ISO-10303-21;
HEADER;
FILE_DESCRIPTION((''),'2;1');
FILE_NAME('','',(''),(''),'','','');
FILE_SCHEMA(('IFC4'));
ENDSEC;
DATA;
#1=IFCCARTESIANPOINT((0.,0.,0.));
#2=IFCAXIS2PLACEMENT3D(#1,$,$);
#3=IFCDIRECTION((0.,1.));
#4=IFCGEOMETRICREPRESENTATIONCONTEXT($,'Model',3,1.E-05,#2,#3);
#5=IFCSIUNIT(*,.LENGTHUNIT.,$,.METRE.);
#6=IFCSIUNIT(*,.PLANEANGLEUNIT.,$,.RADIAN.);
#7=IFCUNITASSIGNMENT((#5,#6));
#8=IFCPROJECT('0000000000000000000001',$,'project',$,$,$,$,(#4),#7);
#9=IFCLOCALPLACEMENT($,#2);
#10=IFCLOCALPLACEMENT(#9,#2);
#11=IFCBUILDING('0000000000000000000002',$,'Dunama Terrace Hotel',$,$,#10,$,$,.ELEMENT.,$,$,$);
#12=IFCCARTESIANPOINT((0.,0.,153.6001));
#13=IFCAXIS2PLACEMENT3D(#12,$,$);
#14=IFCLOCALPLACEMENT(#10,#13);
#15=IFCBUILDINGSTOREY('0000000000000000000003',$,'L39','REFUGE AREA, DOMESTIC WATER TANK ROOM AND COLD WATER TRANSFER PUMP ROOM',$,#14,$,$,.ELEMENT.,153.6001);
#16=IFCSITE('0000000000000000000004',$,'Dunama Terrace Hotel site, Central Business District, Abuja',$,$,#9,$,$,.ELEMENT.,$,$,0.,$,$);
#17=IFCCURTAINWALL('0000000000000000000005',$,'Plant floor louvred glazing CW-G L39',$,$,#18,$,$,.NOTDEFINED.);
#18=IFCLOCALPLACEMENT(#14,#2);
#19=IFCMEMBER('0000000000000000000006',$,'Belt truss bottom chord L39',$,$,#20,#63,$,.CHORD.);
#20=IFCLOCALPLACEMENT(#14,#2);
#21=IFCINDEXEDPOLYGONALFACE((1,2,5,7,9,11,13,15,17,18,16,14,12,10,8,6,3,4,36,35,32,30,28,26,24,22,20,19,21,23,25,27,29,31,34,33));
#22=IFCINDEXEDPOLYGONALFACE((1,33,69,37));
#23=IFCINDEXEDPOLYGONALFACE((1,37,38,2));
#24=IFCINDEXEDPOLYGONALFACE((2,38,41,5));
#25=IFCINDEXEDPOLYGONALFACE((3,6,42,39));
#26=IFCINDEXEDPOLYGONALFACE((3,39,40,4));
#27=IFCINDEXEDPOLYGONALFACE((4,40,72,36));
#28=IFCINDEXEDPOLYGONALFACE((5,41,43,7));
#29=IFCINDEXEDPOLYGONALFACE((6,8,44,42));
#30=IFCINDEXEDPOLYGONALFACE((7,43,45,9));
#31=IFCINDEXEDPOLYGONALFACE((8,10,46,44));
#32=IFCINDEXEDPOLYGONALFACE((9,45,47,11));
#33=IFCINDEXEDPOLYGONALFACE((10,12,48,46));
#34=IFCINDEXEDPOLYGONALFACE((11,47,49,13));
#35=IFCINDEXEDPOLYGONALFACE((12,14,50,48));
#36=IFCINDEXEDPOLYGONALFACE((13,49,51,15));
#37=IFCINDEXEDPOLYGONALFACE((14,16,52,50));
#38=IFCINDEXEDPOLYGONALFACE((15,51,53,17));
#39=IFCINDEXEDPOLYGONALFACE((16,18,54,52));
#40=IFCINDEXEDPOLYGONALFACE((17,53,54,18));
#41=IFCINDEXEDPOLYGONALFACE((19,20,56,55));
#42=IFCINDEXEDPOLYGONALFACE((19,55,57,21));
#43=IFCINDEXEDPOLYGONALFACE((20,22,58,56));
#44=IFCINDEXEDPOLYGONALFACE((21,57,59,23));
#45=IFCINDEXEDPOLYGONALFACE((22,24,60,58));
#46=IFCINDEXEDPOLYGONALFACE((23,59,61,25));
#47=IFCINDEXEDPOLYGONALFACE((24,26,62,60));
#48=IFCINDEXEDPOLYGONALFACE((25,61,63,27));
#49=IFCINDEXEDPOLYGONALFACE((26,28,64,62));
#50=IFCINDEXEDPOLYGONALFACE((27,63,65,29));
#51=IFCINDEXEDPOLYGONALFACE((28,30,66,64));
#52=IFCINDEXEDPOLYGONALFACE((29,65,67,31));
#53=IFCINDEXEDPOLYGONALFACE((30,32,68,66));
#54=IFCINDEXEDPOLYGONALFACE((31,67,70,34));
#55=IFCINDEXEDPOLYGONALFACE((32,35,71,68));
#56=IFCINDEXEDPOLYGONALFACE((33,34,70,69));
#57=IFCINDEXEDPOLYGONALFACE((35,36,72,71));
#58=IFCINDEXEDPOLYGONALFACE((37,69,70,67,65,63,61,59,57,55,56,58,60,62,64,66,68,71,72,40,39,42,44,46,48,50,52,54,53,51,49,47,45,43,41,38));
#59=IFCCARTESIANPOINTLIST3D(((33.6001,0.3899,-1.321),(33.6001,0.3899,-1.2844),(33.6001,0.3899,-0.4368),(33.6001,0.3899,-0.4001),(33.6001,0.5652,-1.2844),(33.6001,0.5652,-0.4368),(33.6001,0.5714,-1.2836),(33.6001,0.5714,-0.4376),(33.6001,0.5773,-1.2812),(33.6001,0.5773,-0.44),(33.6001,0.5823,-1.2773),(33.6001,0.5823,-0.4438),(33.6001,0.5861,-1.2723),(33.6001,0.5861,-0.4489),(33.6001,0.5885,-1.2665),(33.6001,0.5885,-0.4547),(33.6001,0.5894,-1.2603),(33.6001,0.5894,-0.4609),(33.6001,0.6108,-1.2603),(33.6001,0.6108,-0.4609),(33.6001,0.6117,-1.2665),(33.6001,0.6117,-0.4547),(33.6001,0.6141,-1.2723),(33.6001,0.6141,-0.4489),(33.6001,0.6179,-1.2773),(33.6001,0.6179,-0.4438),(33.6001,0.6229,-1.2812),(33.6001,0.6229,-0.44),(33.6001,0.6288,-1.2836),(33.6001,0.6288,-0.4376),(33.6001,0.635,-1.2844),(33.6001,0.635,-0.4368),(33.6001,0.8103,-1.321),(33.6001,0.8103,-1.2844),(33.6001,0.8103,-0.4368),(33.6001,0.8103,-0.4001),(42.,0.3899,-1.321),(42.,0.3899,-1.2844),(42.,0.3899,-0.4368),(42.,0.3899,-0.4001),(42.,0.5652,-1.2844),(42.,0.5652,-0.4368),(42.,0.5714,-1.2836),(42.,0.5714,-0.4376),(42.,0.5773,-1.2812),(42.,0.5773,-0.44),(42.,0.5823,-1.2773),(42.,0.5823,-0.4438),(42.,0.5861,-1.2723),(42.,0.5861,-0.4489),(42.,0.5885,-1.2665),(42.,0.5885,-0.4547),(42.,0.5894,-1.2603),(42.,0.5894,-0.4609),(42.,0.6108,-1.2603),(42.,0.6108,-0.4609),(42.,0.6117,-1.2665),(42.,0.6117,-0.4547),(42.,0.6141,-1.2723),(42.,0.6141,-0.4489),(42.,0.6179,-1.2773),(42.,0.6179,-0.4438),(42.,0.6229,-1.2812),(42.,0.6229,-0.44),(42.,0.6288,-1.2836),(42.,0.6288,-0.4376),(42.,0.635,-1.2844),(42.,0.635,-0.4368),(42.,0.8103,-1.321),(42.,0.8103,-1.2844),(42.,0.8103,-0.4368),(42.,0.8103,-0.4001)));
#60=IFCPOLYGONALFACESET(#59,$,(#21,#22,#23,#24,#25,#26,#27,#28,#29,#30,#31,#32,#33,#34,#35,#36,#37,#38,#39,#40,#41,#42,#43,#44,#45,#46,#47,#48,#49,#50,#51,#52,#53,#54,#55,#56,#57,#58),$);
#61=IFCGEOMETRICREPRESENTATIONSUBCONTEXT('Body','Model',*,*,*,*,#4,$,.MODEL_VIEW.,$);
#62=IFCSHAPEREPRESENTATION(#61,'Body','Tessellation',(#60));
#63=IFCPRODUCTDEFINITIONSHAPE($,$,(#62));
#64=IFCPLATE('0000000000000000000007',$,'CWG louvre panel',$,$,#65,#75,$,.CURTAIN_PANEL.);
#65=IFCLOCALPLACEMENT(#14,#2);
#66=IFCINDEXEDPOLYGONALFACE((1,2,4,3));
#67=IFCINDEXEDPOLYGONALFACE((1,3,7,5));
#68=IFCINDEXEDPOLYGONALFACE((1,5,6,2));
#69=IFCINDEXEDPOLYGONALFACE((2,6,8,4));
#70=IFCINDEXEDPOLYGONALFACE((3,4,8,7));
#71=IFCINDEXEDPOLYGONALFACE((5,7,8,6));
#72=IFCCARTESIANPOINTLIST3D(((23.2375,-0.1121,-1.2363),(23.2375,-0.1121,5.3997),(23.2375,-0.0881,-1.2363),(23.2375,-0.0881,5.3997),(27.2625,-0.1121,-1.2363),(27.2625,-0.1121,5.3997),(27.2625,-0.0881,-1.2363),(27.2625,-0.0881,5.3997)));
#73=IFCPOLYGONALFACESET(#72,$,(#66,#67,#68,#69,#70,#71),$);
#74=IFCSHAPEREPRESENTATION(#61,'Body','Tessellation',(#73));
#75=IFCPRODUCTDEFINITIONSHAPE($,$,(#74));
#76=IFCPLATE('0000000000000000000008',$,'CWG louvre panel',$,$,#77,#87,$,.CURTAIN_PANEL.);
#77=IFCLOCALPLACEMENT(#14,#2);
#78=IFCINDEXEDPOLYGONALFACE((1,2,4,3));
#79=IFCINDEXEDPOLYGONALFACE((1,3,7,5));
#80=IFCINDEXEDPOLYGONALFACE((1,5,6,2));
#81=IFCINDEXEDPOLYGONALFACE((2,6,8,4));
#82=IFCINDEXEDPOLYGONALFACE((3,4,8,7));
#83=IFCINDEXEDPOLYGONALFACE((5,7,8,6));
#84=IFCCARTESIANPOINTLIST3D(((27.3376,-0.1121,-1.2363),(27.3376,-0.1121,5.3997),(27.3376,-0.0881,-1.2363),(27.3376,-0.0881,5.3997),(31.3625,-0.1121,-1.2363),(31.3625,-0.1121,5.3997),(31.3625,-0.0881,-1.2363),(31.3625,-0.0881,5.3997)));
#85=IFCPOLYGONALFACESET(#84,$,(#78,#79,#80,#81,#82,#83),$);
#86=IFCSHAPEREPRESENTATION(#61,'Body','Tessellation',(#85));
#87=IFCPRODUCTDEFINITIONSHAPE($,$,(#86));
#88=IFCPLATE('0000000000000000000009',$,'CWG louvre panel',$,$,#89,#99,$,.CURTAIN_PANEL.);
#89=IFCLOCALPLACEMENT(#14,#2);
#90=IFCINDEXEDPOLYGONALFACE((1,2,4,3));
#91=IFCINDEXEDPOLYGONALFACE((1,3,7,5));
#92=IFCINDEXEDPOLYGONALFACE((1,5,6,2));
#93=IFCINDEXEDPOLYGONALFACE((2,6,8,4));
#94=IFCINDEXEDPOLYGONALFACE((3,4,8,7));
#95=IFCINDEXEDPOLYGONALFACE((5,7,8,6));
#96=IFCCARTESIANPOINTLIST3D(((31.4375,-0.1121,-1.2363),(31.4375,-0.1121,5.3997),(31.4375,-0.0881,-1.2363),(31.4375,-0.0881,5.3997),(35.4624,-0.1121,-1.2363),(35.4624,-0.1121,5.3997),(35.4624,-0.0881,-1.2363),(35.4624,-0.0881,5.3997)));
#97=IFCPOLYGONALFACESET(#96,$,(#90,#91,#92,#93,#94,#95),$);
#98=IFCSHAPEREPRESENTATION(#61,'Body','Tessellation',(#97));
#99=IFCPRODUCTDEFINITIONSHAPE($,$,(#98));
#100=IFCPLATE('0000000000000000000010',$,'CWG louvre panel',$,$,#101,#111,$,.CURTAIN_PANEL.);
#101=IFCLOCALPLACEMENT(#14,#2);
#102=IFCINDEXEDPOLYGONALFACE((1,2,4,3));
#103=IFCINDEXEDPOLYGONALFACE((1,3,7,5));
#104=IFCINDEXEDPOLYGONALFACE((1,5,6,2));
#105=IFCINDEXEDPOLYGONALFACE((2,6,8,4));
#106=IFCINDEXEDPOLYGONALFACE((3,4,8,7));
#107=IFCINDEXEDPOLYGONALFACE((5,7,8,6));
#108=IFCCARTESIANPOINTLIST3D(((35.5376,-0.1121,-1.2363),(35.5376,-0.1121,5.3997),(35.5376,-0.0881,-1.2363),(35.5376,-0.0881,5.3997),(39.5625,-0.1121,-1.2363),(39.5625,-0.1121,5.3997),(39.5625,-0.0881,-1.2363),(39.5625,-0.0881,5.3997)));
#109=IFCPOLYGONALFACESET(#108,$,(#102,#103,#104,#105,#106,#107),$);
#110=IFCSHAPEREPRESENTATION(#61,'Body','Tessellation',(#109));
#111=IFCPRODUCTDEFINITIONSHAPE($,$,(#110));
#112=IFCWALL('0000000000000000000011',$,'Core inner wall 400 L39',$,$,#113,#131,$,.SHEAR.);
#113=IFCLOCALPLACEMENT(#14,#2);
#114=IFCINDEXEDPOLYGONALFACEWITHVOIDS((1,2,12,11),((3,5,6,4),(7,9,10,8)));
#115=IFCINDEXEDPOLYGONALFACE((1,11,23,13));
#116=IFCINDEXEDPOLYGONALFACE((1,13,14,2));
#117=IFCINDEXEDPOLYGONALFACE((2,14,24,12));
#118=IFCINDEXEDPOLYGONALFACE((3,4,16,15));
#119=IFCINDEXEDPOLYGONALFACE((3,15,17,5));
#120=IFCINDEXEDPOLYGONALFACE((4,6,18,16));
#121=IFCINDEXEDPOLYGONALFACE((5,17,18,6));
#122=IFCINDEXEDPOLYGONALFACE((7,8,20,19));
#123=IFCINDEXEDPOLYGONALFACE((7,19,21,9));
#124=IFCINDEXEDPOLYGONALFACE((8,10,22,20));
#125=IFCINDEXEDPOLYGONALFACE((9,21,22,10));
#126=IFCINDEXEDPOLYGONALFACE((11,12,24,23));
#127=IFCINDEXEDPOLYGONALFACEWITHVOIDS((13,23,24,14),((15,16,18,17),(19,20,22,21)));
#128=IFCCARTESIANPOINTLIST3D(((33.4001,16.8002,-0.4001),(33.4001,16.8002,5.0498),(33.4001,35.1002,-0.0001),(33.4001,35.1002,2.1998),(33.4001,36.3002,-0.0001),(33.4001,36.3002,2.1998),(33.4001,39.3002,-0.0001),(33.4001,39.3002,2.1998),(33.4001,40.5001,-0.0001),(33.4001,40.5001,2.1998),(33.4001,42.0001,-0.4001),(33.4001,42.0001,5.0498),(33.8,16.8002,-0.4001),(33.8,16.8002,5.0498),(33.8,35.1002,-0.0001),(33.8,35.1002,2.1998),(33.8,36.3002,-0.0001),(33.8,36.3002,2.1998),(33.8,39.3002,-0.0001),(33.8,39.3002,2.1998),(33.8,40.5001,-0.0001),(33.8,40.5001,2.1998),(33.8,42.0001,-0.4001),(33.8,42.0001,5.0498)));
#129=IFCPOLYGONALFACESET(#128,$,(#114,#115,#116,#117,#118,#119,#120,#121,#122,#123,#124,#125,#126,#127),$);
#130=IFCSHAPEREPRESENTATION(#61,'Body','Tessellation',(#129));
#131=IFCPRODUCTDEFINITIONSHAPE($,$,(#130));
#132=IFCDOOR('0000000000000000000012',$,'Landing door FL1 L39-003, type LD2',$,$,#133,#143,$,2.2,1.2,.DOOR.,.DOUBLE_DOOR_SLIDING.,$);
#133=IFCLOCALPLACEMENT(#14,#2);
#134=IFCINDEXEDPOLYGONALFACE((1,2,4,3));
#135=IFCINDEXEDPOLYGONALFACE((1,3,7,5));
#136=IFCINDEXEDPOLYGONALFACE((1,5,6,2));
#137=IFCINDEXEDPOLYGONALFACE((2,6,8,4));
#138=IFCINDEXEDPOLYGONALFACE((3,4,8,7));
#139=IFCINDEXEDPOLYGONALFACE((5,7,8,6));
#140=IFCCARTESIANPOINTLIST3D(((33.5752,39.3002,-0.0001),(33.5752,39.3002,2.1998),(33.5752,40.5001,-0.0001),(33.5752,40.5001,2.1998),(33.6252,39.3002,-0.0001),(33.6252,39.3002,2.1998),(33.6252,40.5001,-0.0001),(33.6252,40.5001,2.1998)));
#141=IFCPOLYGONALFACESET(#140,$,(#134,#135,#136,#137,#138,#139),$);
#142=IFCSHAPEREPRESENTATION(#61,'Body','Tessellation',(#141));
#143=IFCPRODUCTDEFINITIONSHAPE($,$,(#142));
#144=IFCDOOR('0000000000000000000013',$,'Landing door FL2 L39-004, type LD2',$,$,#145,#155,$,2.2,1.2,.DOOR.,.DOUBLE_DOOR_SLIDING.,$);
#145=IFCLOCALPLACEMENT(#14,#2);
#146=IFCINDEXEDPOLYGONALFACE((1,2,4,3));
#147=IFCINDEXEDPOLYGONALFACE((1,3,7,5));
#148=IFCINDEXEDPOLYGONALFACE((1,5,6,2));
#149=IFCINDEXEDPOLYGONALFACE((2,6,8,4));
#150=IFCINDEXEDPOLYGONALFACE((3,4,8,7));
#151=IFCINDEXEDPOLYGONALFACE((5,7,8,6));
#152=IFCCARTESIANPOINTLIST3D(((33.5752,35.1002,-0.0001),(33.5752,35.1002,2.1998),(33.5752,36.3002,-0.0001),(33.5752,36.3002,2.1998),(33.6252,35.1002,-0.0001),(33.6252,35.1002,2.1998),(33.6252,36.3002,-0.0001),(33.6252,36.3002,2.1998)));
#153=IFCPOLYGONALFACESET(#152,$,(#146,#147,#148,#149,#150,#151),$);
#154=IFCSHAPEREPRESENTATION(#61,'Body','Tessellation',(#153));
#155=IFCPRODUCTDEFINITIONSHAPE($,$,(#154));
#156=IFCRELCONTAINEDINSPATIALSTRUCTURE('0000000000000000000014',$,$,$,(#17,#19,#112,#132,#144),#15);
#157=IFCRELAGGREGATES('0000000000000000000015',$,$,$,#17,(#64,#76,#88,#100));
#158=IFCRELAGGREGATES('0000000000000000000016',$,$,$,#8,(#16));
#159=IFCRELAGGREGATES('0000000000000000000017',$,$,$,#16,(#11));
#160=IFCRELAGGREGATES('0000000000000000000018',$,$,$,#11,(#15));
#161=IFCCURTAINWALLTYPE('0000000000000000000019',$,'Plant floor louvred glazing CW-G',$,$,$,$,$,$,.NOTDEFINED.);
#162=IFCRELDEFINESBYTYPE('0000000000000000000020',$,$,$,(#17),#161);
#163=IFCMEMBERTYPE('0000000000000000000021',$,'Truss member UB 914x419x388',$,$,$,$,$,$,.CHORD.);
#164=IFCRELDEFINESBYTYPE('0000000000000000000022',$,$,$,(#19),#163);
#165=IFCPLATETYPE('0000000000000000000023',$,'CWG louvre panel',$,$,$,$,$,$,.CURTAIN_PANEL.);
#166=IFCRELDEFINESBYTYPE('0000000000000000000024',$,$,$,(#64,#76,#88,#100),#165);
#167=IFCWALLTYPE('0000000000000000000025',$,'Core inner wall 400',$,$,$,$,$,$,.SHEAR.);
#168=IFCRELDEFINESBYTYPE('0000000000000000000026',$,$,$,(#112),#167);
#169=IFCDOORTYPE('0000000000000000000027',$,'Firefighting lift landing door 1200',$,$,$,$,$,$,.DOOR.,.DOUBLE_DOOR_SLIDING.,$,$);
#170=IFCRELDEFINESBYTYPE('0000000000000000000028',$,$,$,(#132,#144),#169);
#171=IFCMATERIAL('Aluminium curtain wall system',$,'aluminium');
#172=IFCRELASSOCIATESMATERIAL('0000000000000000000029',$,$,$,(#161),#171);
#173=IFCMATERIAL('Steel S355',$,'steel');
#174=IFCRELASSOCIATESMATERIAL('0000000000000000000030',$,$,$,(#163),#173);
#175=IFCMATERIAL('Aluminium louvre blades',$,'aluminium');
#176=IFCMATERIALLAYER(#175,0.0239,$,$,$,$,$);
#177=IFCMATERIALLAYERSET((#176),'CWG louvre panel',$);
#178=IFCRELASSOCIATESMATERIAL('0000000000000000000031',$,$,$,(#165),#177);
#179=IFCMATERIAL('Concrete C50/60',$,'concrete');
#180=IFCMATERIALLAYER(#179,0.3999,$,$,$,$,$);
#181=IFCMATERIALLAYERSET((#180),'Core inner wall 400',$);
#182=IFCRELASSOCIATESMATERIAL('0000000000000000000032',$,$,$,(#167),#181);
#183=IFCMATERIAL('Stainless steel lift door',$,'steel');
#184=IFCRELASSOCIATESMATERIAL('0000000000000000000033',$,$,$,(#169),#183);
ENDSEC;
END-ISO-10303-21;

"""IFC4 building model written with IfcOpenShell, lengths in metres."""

from ifc_helpers import new_model, si_unit, direction, frame, frame_2d, origin, origin_2d, place, context, subcontext, project, spatial, rectangle, i_section, extrude, material, layer, layer_set, material_profile, profile_set, type_object, element, fill, aggregate, save


model = new_model("IFC4")

# Units and contexts
model_context = context("Model", 3, precision=1e-05, world=origin(), true_north=direction((0.0, 1.0)))
body_context = subcontext(model_context, "Body", "Model", "MODEL_VIEW")
ifc_project = project(units=[si_unit("LENGTHUNIT", "METRE"), si_unit("PLANEANGLEUNIT", "RADIAN")], contexts=[model_context])

# Site, building, storey
site_placement = place(None, origin())
site = spatial("IfcSite", under=ifc_project, at=site_placement, Name="Dunama Terrace Hotel site, Central Business District, Abuja", CompositionType="ELEMENT", RefElevation=0.0)
building_placement = place(site_placement, origin())
building = spatial("IfcBuilding", under=site, at=building_placement, Name="Dunama Terrace Hotel", CompositionType="ELEMENT")
storey_placement = place(building_placement, frame((0.0, 0.0, 153.6001)))
storey = spatial("IfcBuildingStorey", under=building, at=storey_placement, Name="L39", Description="REFUGE AREA, DOMESTIC WATER TANK ROOM AND COLD WATER TRANSFER PUMP ROOM", CompositionType="ELEMENT", Elevation=153.6001)

# Curtain wall
ifc_material_1 = material(Name="Aluminium curtain wall system", Category="aluminium")
curtain_wall_type = type_object("IfcCurtainWallType", Name="Plant floor louvred glazing CW-G", PredefinedType="NOTDEFINED", material=ifc_material_1)
curtain_wall_placement = place(storey_placement, origin())
curtain_wall = element("IfcCurtainWall", 1, at=curtain_wall_placement, inside=storey, type_object=curtain_wall_type, Name="Plant floor louvred glazing CW-G L39", PredefinedType="NOTDEFINED")

# Member
ifc_material_2 = material(Name="Steel S355", Category="steel")
ifc_material_profile_1 = material_profile(ifc_material_2, i_section(OverallWidth=0.4204, OverallDepth=0.9209, WebThickness=0.0215, FlangeThickness=0.0366, FilletRadius=0.0242, at=origin_2d()), Name="UB 914x419x388")
ifc_profile_set_1 = profile_set([ifc_material_profile_1], Name="Steel S355")
member_type_1 = type_object("IfcMemberType", Name="Truss member UB 914x419x388", PredefinedType="CHORD", material=ifc_profile_set_1)
for number, where, z_axis, x_axis, name in (
    (2, (33.6001, 0.6001, -0.8606), (1.0, 0.0, 0.0), (0.0, 1.0, 0.0), "Belt truss bottom chord L39"),
):
    element("IfcMember", number, at=place(storey_placement, frame(where, z_axis=z_axis, x_axis=x_axis)), inside=storey, type_object=member_type_1, Name=name, PredefinedType="CHORD", context=body_context, shape_type="SweptSolid", body=[
        extrude(i_section(OverallWidth=0.4204, OverallDepth=0.9209, WebThickness=0.0215, FlangeThickness=0.0366, FilletRadius=0.0242, at=origin_2d()), origin(), (0.0, 0.0, 1.0), 8.3999),
    ])

# Plates
ifc_material_3 = material(Name="Aluminium louvre blades", Category="aluminium")
ifc_layer_1 = layer(ifc_material_3, 0.0239)
ifc_layer_set_1 = layer_set([ifc_layer_1], Name="CWG louvre panel")
plate_type = type_object("IfcPlateType", Name="CWG louvre panel", PredefinedType="CURTAIN_PANEL", material=ifc_layer_set_1)
plate_1_placement = place(storey_placement, frame((25.25, -0.1001, -1.2363), z_axis=(0.0, 0.0, 1.0), x_axis=(1.0, 0.0, 0.0)))
plate_1 = element("IfcPlate", 3, at=plate_1_placement, type_object=plate_type, Name="CWG louvre panel", PredefinedType="CURTAIN_PANEL", context=body_context, shape_type="SweptSolid", body=[
    extrude(rectangle(XDim=4.0249, YDim=0.0239, at=origin_2d()), origin(), (0.0, 0.0, 1.0), 6.636),
])
plate_2_placement = place(storey_placement, frame((29.3501, -0.1001, -1.2363), z_axis=(0.0, 0.0, 1.0), x_axis=(1.0, 0.0, 0.0)))
plate_2 = element("IfcPlate", 4, at=plate_2_placement, type_object=plate_type, Name="CWG louvre panel", PredefinedType="CURTAIN_PANEL", context=body_context, shape_type="SweptSolid", body=[
    extrude(rectangle(XDim=4.0249, YDim=0.0239, at=origin_2d()), origin(), (0.0, 0.0, 1.0), 6.636),
])
plate_3_placement = place(storey_placement, frame((33.45, -0.1001, -1.2363), z_axis=(0.0, 0.0, 1.0), x_axis=(1.0, 0.0, 0.0)))
plate_3 = element("IfcPlate", 5, at=plate_3_placement, type_object=plate_type, Name="CWG louvre panel", PredefinedType="CURTAIN_PANEL", context=body_context, shape_type="SweptSolid", body=[
    extrude(rectangle(XDim=4.0249, YDim=0.0239, at=origin_2d()), origin(), (0.0, 0.0, 1.0), 6.636),
])
plate_4_placement = place(storey_placement, frame((37.55, -0.1001, -1.2363), z_axis=(0.0, 0.0, 1.0), x_axis=(1.0, 0.0, 0.0)))
plate_4 = element("IfcPlate", 6, at=plate_4_placement, type_object=plate_type, Name="CWG louvre panel", PredefinedType="CURTAIN_PANEL", context=body_context, shape_type="SweptSolid", body=[
    extrude(rectangle(XDim=4.0249, YDim=0.0239, at=origin_2d()), origin(), (0.0, 0.0, 1.0), 6.636),
])
aggregate(curtain_wall, [plate_1, plate_2, plate_3, plate_4])

# Wall, openings, doors
ifc_material_4 = material(Name="Concrete C50/60", Category="concrete")
ifc_layer_2 = layer(ifc_material_4, 0.3999)
ifc_layer_set_2 = layer_set([ifc_layer_2], Name="Core inner wall 400")
wall_type_1 = type_object("IfcWallType", Name="Core inner wall 400", PredefinedType="SHEAR", material=ifc_layer_set_2)
wall_1_placement = place(storey_placement, frame((33.6001, 16.8, -0.4001), z_axis=(0.0, 0.0, 1.0), x_axis=(0.0, 1.0, 0.0)))
wall_1 = element("IfcWall", 7, at=wall_1_placement, inside=storey, type_object=wall_type_1, Name="Core inner wall 400 L39", PredefinedType="SHEAR", context=body_context, shape_type="SweptSolid", body=[
    extrude(rectangle(XDim=25.2, YDim=0.3999, at=frame_2d((12.6001, 0.0))), origin(), (0.0, 0.0, 1.0), 5.45),
])
opening_1_placement = place(wall_1_placement, frame((22.5, 0.0, 0.3999)))
opening_1 = element("IfcOpeningElement", 8, at=opening_1_placement, cuts=wall_1, PredefinedType="OPENING", context=body_context, shape_type="SweptSolid", body=[
    extrude(rectangle(XDim=1.2, YDim=2.2, at=frame_2d((0.6001, 1.1001))), frame((0.0, 0.21, 0.0), z_axis=(0.0, -1.0, 0.0), x_axis=(1.0, 0.0, 0.0)), (0.0, 0.0, 1.0), 0.4199),
])
opening_2_placement = place(wall_1_placement, frame((18.3, 0.0, 0.3999)))
opening_2 = element("IfcOpeningElement", 9, at=opening_2_placement, cuts=wall_1, PredefinedType="OPENING", context=body_context, shape_type="SweptSolid", body=[
    extrude(rectangle(XDim=1.2, YDim=2.2, at=frame_2d((0.6001, 1.1001))), frame((0.0, 0.21, 0.0), z_axis=(0.0, -1.0, 0.0), x_axis=(1.0, 0.0, 0.0)), (0.0, 0.0, 1.0), 0.4199),
])
ifc_material_5 = material(Name="Stainless steel lift door", Category="steel")
door_type_1 = type_object("IfcDoorType", Name="Firefighting lift landing door 1200", OperationType="DOUBLE_DOOR_SLIDING", PredefinedType="DOOR", material=ifc_material_5)
door_1_placement = place(opening_1_placement, origin())
door_1 = element("IfcDoor", 10, at=door_1_placement, inside=storey, type_object=door_type_1, Name="Landing door FL1 L39-003, type LD2", OperationType="DOUBLE_DOOR_SLIDING", OverallHeight=2.2, OverallWidth=1.2, PredefinedType="DOOR", context=body_context, shape_type="SweptSolid", body=[
    extrude(rectangle(XDim=1.2, YDim=2.2, at=frame_2d((0.6001, 1.1001))), frame((0.0, 0.0249, 0.0), z_axis=(0.0, -1.0, 0.0), x_axis=(1.0, 0.0, 0.0)), (0.0, 0.0, 1.0), 0.05),
])
fill(opening_1, door_1)
door_2_placement = place(opening_2_placement, origin())
door_2 = element("IfcDoor", 11, at=door_2_placement, inside=storey, type_object=door_type_1, Name="Landing door FL2 L39-004, type LD2", OperationType="DOUBLE_DOOR_SLIDING", OverallHeight=2.2, OverallWidth=1.2, PredefinedType="DOOR", context=body_context, shape_type="SweptSolid", body=[
    extrude(rectangle(XDim=1.2, YDim=2.2, at=frame_2d((0.6001, 1.1001))), frame((0.0, 0.0249, 0.0), z_axis=(0.0, -1.0, 0.0), x_axis=(1.0, 0.0, 0.0)), (0.0, 0.0, 1.0), 0.05),
])
fill(opening_2, door_2)

save(model, "model.ifc")
